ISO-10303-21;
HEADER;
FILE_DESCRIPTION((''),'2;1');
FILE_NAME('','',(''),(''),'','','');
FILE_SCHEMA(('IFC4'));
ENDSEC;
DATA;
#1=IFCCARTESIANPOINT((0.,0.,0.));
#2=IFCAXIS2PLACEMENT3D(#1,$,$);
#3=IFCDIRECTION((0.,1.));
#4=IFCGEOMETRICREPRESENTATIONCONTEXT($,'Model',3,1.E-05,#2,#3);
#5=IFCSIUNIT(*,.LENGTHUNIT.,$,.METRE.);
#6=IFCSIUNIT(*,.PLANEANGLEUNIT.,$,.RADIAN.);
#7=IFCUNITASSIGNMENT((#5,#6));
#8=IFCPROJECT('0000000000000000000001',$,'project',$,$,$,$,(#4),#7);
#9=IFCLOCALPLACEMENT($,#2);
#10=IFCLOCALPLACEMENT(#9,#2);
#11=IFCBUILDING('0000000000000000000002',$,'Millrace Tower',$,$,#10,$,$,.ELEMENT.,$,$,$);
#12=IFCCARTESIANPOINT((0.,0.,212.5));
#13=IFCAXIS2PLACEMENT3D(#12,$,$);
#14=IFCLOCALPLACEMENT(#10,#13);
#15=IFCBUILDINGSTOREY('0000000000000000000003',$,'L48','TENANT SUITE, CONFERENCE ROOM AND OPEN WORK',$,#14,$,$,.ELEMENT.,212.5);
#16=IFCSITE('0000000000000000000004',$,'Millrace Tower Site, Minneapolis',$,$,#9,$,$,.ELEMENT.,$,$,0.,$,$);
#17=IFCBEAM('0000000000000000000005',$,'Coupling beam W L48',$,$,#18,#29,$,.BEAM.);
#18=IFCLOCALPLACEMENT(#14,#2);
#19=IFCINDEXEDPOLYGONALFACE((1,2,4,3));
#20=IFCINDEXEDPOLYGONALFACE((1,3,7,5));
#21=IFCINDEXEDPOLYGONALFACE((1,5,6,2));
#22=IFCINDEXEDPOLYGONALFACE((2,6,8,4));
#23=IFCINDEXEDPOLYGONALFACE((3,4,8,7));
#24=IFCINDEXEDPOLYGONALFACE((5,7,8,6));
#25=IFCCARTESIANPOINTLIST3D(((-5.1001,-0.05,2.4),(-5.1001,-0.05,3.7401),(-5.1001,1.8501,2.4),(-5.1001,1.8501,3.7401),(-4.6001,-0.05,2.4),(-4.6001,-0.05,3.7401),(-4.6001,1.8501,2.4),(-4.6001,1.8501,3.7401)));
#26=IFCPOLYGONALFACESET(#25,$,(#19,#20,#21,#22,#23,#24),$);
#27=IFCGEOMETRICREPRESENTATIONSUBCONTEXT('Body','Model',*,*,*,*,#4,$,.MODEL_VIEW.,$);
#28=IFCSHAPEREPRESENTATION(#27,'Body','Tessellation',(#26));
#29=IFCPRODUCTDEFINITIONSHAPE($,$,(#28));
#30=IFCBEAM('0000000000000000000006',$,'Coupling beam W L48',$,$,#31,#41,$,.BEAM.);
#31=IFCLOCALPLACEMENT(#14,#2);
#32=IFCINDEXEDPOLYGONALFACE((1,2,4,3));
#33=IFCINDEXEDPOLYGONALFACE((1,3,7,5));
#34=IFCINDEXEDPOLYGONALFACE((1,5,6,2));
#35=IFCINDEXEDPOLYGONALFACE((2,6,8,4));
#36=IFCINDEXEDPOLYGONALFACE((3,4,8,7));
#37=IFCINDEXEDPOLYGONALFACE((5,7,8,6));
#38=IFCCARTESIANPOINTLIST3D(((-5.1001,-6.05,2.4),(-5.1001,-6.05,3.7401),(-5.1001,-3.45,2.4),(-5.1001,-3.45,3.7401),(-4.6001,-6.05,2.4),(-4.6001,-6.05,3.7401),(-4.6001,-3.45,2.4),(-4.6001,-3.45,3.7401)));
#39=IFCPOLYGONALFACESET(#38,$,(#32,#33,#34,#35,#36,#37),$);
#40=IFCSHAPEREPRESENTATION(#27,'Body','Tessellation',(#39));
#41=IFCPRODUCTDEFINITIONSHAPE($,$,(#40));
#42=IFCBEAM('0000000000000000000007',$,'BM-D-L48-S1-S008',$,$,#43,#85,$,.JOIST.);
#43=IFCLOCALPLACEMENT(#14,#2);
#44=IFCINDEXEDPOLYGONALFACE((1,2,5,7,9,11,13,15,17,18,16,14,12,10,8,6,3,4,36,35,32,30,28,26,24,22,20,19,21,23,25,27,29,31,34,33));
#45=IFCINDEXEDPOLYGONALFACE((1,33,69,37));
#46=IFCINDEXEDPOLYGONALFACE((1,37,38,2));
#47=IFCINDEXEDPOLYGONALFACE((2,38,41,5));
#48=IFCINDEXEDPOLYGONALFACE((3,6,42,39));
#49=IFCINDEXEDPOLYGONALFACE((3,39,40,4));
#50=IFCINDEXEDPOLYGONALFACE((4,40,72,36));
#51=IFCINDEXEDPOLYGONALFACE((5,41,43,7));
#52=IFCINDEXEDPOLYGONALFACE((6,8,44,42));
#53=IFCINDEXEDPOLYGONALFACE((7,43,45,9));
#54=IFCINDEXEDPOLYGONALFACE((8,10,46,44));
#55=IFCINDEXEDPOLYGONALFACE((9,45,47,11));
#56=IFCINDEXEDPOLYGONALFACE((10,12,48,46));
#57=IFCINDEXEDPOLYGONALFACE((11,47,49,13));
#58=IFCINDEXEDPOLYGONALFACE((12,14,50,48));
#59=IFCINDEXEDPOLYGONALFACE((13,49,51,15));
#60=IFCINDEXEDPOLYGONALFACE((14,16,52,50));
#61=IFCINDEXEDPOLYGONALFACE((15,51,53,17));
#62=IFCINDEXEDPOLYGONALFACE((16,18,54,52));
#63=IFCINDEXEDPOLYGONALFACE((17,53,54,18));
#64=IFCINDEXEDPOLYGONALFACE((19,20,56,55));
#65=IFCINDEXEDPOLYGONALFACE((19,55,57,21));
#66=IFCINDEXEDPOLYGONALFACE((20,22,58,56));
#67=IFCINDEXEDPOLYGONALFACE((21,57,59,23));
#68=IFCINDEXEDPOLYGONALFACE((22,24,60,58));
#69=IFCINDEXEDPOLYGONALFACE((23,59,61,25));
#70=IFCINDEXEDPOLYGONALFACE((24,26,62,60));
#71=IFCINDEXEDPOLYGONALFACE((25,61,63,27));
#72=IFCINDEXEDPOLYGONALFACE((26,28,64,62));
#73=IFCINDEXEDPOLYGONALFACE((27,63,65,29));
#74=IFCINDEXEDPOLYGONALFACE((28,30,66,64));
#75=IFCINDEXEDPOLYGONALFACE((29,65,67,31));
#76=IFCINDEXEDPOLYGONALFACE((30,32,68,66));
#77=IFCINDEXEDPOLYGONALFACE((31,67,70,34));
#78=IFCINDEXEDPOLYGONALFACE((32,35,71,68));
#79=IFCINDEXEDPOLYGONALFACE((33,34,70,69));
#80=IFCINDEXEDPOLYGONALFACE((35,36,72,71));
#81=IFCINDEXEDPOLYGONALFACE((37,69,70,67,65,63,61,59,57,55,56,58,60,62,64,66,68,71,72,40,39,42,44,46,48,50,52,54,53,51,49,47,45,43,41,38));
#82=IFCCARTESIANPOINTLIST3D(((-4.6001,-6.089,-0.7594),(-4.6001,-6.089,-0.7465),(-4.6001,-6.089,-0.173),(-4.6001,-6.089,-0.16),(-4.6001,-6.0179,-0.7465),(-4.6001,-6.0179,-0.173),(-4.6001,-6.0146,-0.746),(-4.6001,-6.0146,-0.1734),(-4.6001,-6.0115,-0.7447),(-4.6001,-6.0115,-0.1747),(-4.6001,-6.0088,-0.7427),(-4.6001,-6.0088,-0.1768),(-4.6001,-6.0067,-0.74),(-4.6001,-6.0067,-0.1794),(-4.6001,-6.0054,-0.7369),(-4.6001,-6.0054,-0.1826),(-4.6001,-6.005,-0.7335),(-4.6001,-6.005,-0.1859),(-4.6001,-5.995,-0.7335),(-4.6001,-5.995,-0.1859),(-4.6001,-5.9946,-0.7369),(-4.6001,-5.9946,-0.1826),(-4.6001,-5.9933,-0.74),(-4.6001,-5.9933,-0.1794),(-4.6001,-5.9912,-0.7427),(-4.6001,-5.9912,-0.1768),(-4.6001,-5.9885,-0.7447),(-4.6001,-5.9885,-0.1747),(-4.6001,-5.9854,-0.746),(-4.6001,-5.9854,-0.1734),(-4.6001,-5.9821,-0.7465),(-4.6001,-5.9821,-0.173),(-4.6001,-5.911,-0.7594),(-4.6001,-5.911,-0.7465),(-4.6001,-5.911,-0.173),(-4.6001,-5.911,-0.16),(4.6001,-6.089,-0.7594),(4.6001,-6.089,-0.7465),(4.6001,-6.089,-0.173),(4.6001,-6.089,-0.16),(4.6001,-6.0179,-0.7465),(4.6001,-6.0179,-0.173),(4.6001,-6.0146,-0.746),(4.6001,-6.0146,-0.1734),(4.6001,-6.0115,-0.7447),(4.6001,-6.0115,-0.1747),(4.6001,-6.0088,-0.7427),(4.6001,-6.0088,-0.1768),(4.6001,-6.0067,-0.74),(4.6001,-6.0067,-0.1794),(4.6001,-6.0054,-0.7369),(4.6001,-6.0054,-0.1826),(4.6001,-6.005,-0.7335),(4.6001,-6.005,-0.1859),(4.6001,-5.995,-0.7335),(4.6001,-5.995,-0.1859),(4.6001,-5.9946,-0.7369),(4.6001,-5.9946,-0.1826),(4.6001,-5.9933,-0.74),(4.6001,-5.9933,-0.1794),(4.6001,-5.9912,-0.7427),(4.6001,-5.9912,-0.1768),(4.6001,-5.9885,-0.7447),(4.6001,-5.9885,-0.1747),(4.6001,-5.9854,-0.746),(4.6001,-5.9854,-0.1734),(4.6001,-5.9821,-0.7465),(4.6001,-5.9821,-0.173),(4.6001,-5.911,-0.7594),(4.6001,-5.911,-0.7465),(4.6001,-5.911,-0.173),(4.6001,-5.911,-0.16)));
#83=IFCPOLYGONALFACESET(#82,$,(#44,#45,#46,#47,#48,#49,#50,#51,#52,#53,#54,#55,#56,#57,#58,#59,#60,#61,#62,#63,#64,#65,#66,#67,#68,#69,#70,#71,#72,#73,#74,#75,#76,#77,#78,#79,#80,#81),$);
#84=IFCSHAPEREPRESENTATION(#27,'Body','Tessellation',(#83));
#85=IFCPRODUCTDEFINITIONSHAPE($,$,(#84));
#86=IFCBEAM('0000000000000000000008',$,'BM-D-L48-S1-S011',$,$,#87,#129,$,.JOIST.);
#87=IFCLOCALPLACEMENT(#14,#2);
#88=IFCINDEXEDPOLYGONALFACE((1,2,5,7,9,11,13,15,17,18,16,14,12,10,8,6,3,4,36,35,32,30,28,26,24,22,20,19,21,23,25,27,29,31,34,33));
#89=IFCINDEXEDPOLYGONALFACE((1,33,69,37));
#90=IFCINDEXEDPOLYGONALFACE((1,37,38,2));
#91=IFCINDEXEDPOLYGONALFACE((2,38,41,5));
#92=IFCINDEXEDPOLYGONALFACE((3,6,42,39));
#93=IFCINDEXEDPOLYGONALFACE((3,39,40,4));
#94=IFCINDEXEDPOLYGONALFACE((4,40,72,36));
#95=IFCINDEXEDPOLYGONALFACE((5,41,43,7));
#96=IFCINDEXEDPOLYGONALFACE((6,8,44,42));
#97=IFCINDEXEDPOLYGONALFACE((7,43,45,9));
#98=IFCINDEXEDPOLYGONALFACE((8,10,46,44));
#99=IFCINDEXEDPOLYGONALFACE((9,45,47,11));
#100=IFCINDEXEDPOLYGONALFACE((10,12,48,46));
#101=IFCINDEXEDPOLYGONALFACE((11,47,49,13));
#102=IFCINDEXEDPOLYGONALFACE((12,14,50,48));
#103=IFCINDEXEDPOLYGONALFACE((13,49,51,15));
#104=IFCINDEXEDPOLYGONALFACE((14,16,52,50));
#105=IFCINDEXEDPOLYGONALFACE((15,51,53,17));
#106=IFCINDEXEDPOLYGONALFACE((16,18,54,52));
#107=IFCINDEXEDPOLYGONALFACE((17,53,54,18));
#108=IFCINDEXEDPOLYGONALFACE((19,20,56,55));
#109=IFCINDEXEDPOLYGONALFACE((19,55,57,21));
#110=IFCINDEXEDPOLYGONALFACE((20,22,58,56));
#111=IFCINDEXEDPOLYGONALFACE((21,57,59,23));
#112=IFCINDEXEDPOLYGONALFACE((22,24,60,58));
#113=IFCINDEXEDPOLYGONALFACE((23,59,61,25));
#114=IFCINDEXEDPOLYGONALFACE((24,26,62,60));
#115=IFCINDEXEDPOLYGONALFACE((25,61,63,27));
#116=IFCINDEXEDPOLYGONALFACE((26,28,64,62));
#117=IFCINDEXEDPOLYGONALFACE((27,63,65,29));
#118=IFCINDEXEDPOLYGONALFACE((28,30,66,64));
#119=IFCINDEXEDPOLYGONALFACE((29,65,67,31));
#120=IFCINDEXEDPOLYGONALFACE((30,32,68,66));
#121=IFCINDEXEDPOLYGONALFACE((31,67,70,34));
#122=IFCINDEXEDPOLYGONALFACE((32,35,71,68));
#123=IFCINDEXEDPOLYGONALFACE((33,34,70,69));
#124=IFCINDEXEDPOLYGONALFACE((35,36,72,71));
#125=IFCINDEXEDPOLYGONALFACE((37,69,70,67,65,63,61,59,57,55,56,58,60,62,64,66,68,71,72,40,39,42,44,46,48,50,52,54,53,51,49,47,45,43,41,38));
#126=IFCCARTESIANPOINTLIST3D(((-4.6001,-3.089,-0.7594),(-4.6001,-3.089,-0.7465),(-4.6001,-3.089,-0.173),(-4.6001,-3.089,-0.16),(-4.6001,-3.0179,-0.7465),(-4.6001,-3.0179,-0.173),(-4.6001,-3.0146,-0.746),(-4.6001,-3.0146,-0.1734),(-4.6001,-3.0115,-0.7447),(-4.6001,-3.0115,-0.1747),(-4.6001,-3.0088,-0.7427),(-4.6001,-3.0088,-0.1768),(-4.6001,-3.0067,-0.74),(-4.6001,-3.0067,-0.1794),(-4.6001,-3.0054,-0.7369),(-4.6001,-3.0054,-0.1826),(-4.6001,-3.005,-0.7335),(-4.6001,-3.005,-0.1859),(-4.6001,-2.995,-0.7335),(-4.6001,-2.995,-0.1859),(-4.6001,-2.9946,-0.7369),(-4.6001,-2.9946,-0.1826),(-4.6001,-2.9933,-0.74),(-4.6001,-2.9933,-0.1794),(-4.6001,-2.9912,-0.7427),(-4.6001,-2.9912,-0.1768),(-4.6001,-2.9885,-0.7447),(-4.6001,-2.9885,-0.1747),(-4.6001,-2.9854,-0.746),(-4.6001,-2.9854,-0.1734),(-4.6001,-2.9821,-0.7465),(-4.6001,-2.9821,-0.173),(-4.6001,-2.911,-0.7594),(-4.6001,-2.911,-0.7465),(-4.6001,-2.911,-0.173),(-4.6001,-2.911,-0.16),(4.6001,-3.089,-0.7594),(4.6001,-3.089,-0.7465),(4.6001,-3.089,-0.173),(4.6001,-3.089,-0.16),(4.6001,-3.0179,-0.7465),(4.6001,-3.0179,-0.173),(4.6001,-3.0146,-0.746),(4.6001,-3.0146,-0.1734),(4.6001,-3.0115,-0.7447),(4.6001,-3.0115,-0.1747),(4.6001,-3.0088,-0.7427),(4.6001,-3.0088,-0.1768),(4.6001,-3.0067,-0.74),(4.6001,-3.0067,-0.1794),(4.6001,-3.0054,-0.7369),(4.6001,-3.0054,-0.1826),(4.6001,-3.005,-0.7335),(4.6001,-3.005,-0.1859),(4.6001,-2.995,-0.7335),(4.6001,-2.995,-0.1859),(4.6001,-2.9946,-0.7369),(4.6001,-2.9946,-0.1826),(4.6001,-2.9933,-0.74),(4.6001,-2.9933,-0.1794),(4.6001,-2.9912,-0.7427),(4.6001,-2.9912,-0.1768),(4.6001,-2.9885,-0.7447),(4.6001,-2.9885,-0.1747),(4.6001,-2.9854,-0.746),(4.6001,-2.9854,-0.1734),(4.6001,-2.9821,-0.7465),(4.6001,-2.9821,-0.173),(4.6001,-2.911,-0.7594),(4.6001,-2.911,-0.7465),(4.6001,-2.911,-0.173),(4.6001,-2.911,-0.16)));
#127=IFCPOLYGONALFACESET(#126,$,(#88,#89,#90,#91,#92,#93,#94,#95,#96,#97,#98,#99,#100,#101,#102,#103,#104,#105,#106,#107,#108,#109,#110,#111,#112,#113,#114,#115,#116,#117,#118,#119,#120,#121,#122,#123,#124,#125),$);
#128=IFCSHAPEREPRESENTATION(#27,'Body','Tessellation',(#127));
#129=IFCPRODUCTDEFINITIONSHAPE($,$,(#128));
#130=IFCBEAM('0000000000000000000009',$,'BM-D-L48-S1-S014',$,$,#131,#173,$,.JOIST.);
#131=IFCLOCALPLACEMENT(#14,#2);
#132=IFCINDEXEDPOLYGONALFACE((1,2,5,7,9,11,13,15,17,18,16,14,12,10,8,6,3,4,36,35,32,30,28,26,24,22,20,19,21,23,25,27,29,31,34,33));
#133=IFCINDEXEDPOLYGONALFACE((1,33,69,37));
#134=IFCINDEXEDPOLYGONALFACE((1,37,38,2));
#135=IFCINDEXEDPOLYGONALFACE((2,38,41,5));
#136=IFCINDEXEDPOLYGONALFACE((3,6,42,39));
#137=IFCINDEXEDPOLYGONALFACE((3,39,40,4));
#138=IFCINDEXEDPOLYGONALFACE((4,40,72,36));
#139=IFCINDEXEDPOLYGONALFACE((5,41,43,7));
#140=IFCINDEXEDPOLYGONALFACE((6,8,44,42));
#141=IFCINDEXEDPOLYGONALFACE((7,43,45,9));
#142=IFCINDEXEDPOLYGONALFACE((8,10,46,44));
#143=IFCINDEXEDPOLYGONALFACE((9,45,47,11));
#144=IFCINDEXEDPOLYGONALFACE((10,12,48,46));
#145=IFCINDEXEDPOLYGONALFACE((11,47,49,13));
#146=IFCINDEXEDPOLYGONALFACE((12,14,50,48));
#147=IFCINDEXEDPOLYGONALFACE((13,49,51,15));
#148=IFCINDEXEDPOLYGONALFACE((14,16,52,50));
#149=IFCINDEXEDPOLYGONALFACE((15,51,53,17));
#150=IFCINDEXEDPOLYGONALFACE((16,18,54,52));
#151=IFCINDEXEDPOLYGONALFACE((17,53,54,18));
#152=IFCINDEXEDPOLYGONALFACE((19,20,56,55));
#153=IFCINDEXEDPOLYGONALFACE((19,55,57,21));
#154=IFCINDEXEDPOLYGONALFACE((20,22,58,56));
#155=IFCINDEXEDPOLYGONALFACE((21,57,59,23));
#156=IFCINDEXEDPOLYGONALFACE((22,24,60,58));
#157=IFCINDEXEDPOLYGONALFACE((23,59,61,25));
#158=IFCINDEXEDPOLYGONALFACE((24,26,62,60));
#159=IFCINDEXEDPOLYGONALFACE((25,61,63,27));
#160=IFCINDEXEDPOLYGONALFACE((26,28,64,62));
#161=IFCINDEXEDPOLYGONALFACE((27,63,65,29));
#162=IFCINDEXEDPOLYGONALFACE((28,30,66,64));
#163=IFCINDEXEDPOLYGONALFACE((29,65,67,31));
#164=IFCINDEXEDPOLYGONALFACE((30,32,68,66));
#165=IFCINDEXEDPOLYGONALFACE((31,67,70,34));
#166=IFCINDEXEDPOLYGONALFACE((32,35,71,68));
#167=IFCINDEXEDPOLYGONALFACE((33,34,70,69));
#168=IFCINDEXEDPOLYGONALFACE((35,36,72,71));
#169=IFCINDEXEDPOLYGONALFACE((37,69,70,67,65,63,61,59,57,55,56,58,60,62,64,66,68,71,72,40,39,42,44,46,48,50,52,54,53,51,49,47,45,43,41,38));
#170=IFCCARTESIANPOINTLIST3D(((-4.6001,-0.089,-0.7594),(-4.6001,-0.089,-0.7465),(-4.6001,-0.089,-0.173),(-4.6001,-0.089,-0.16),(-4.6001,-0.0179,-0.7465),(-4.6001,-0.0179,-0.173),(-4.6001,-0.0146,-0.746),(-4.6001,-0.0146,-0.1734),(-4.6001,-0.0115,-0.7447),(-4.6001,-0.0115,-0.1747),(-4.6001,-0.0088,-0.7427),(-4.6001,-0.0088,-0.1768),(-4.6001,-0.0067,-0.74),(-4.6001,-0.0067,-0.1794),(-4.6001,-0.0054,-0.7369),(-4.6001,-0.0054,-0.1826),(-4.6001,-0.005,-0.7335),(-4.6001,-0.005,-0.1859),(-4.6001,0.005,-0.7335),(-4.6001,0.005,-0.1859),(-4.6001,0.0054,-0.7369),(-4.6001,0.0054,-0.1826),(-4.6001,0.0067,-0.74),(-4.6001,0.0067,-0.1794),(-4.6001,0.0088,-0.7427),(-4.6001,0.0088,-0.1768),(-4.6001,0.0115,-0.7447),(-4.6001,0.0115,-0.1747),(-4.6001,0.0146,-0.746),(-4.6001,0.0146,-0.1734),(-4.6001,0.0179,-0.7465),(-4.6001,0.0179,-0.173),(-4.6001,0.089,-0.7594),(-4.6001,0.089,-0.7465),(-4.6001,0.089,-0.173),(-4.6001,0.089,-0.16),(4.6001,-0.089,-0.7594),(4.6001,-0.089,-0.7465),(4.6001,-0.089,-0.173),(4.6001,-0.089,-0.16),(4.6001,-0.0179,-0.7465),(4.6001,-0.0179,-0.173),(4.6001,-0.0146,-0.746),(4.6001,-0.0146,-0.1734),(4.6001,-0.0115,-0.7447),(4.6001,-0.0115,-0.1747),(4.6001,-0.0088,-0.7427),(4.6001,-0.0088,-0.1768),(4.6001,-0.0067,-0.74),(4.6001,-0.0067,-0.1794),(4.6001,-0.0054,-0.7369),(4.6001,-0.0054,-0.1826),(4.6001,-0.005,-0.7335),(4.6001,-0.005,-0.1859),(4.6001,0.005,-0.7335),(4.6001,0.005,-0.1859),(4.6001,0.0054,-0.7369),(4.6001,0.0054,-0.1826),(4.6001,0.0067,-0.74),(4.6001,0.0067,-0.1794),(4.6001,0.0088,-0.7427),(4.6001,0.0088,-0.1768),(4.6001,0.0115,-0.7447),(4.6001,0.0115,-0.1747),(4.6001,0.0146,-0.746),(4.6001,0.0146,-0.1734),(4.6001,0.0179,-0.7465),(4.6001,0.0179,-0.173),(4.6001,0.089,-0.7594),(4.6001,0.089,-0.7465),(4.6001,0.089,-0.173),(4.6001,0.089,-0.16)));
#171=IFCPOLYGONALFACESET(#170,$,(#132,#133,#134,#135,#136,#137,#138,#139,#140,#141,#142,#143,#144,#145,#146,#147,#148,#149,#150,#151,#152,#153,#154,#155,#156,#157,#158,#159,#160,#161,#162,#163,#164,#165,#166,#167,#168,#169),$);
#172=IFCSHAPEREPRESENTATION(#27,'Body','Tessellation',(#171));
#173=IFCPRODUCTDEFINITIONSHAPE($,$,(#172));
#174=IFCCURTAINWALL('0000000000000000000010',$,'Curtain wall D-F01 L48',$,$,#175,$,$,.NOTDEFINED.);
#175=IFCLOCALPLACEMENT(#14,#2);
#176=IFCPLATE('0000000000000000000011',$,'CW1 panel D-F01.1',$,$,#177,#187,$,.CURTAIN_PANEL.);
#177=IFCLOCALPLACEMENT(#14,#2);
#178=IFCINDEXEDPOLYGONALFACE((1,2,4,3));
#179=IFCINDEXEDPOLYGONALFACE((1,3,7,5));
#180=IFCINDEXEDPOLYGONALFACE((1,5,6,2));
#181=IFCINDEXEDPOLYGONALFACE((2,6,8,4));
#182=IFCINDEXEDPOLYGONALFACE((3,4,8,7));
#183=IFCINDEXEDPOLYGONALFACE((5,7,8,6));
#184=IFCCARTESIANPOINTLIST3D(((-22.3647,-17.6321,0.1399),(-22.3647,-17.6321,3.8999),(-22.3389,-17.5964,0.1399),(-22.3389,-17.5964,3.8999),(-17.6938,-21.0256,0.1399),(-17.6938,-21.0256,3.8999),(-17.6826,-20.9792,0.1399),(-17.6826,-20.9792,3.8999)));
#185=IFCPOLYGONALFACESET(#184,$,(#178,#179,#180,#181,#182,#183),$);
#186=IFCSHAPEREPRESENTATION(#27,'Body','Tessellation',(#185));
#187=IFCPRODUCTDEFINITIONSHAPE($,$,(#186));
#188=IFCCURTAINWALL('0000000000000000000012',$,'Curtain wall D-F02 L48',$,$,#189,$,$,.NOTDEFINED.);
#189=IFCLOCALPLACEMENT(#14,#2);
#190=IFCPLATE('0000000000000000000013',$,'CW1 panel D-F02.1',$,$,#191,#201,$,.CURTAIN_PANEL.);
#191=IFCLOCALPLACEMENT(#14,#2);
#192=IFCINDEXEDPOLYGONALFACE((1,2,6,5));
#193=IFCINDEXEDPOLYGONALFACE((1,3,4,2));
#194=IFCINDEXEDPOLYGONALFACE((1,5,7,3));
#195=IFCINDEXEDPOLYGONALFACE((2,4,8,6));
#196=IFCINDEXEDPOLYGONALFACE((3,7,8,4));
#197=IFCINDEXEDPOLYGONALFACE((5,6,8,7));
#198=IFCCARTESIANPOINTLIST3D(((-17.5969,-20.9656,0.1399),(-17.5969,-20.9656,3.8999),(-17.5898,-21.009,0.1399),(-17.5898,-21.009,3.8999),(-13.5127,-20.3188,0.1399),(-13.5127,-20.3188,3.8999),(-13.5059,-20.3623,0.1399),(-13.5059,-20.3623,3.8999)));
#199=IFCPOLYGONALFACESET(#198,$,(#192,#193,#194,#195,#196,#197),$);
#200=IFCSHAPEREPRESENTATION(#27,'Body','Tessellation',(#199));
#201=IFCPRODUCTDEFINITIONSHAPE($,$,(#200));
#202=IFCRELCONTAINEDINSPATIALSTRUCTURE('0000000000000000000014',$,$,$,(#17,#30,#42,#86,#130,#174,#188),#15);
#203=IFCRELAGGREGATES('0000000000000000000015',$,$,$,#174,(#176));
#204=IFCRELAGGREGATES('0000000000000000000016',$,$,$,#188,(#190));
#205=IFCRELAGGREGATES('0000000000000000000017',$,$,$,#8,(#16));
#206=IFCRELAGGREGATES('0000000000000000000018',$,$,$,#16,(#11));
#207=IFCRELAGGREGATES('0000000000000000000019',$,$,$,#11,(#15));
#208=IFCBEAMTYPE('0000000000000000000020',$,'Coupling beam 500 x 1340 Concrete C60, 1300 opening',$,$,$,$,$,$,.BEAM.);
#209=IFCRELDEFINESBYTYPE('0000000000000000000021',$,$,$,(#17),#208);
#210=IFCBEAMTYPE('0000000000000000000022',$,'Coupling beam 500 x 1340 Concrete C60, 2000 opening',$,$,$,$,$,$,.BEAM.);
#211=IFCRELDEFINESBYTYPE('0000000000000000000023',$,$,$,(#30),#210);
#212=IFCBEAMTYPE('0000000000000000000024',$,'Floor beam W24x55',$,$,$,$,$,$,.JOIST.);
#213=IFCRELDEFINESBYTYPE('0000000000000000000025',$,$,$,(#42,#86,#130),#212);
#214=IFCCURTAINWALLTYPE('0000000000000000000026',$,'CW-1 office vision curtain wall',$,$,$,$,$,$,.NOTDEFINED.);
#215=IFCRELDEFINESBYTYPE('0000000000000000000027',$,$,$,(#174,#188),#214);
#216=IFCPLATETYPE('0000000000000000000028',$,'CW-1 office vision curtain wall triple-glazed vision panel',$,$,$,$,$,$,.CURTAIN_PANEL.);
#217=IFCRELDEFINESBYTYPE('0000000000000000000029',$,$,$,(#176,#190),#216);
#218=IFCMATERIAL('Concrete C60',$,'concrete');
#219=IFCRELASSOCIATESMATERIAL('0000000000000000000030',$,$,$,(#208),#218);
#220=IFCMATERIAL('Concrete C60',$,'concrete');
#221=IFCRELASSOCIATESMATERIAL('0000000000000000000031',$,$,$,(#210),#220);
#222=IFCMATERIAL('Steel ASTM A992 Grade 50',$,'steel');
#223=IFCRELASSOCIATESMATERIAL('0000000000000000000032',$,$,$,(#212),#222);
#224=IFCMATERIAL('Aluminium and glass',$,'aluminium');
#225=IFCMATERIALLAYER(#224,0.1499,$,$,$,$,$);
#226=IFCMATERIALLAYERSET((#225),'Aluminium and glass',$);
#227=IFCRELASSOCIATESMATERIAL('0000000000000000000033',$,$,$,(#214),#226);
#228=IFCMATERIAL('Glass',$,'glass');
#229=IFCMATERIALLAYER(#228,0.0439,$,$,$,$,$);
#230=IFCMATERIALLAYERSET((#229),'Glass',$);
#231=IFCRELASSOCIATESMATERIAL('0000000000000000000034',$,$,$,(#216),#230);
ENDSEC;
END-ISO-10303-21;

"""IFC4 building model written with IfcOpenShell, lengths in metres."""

from ifc_helpers import new_model, si_unit, direction, frame, origin, origin_2d, place, context, subcontext, project, spatial, polyline, rectangle, i_section, outline, extrude, material, layer, layer_set, material_profile, profile_set, type_object, element, aggregate, save


model = new_model("IFC4")

# Units and contexts
model_context = context("Model", 3, precision=1e-05, world=origin(), true_north=direction((0.0, 1.0)))
body_context = subcontext(model_context, "Body", "Model", "MODEL_VIEW")
ifc_project = project(units=[si_unit("LENGTHUNIT", "METRE"), si_unit("PLANEANGLEUNIT", "RADIAN")], contexts=[model_context])

# Site, building, storey
site_placement = place(None, origin())
site = spatial("IfcSite", under=ifc_project, at=site_placement, Name="Millrace Tower Site, Minneapolis", CompositionType="ELEMENT", RefElevation=0.0)
building_placement = place(site_placement, origin())
building = spatial("IfcBuilding", under=site, at=building_placement, Name="Millrace Tower", CompositionType="ELEMENT")
storey_placement = place(building_placement, frame((0.0, 0.0, 212.5)))
storey = spatial("IfcBuildingStorey", under=building, at=storey_placement, Name="L48", Description="TENANT SUITE, CONFERENCE ROOM AND OPEN WORK", CompositionType="ELEMENT", Elevation=212.5)

# Beams
ifc_material_1 = material(Name="Concrete C60", Category="concrete")
ifc_material_profile_1 = material_profile(ifc_material_1, rectangle(XDim=0.5, YDim=1.3401, at=origin_2d()))
ifc_profile_set_1 = profile_set([ifc_material_profile_1], Name="Concrete C60")
beam_type_1 = type_object("IfcBeamType", Name="Coupling beam 500 x 1340 Concrete C60, 1300 opening", PredefinedType="BEAM", material=ifc_profile_set_1)
beam_1_placement = place(storey_placement, frame((-4.8501, -0.05, 3.0701), z_axis=(0.0, 1.0, 0.0), x_axis=(-1.0, 0.0, 0.0)))
element("IfcBeam", 1, at=beam_1_placement, inside=storey, type_object=beam_type_1, Name="Coupling beam W L48", PredefinedType="BEAM", context=body_context, shape_type="SweptSolid", body=[
    extrude(rectangle(XDim=0.5, YDim=1.3401, at=origin_2d()), origin(), (0.0, 0.0, 1.0), 1.9001),
])
ifc_material_2 = material(Name="Concrete C60", Category="concrete")
ifc_material_profile_2 = material_profile(ifc_material_2, rectangle(XDim=0.5, YDim=1.3401, at=origin_2d()))
ifc_profile_set_2 = profile_set([ifc_material_profile_2], Name="Concrete C60")
beam_type_2 = type_object("IfcBeamType", Name="Coupling beam 500 x 1340 Concrete C60, 2000 opening", PredefinedType="BEAM", material=ifc_profile_set_2)
beam_2_placement = place(storey_placement, frame((-4.8501, -6.05, 3.0701), z_axis=(0.0, 1.0, 0.0), x_axis=(-1.0, 0.0, 0.0)))
element("IfcBeam", 2, at=beam_2_placement, inside=storey, type_object=beam_type_2, Name="Coupling beam W L48", PredefinedType="BEAM", context=body_context, shape_type="SweptSolid", body=[
    extrude(rectangle(XDim=0.5, YDim=1.3401, at=origin_2d()), origin(), (0.0, 0.0, 1.0), 2.6001),
])
ifc_material_3 = material(Name="Steel ASTM A992 Grade 50", Category="steel")
ifc_material_profile_3 = material_profile(ifc_material_3, i_section(OverallWidth=0.178, OverallDepth=0.5994, WebThickness=0.01, FlangeThickness=0.0129, FilletRadius=0.0129, at=origin_2d()))
ifc_profile_set_3 = profile_set([ifc_material_profile_3], Name="Steel ASTM A992 Grade 50")
beam_type_3 = type_object("IfcBeamType", Name="Floor beam W24x55", PredefinedType="JOIST", material=ifc_profile_set_3)
for number, where, z_axis, x_axis, name in (
    (3, (-4.6001, -6.0, -0.4597), (1.0, 0.0, 0.0), (0.0, 1.0, 0.0), "BM-D-L48-S1-S008"),
    (4, (-4.6001, -3.0, -0.4597), (1.0, 0.0, 0.0), (0.0, 1.0, 0.0), "BM-D-L48-S1-S011"),
    (5, (-4.6001, 0.0, -0.4597), (1.0, 0.0, 0.0), (0.0, 1.0, 0.0), "BM-D-L48-S1-S014"),
):
    element("IfcBeam", number, at=place(storey_placement, frame(where, z_axis=z_axis, x_axis=x_axis)), inside=storey, type_object=beam_type_3, Name=name, PredefinedType="JOIST", context=body_context, shape_type="SweptSolid", body=[
        extrude(i_section(OverallWidth=0.178, OverallDepth=0.5994, WebThickness=0.01, FlangeThickness=0.0129, FilletRadius=0.0129, at=origin_2d()), origin(), (0.0, 0.0, 1.0), 9.2002),
    ])

# Curtain wall, plate
ifc_material_4 = material(Name="Aluminium and glass", Category="aluminium")
ifc_layer_1 = layer(ifc_material_4, 0.1499)
ifc_layer_set_1 = layer_set([ifc_layer_1], Name="Aluminium and glass")
curtain_wall_type = type_object("IfcCurtainWallType", Name="CW-1 office vision curtain wall", PredefinedType="NOTDEFINED", material=ifc_layer_set_1)
placement_1 = place(storey_placement, origin())
curtain_wall_1 = element("IfcCurtainWall", 6, at=placement_1, inside=storey, type_object=curtain_wall_type, Name="Curtain wall D-F01 L48", PredefinedType="NOTDEFINED")
ifc_material_5 = material(Name="Glass", Category="glass")
ifc_layer_2 = layer(ifc_material_5, 0.0439)
ifc_layer_set_2 = layer_set([ifc_layer_2], Name="Glass")
plate_type = type_object("IfcPlateType", Name="CW-1 office vision curtain wall triple-glazed vision panel", PredefinedType="CURTAIN_PANEL", material=ifc_layer_set_2)
placement_2 = place(storey_placement, frame((0.0, 0.0, 0.1399)))
plate_1 = element("IfcPlate", 7, at=placement_2, type_object=plate_type, Name="CW1 panel D-F01.1", PredefinedType="CURTAIN_PANEL", context=body_context, shape_type="SweptSolid", body=[
    extrude(outline(polyline([(-22.3647, -17.6321), (-17.6938, -21.0256), (-17.6826, -20.9792), (-22.3389, -17.5964), (-22.3647, -17.6321)])), origin(), (0.0, 0.0, 1.0), 3.76),
])
aggregate(curtain_wall_1, [plate_1])

# Curtain wall, plate
curtain_wall_2 = element("IfcCurtainWall", 8, at=placement_1, inside=storey, type_object=curtain_wall_type, Name="Curtain wall D-F02 L48", PredefinedType="NOTDEFINED")
plate_2 = element("IfcPlate", 9, at=placement_2, type_object=plate_type, Name="CW1 panel D-F02.1", PredefinedType="CURTAIN_PANEL", context=body_context, shape_type="SweptSolid", body=[
    extrude(outline(polyline([(-17.5898, -21.009), (-13.5059, -20.3623), (-13.5127, -20.3188), (-17.5969, -20.9656), (-17.5898, -21.009)])), origin(), (0.0, 0.0, 1.0), 3.76),
])
aggregate(curtain_wall_2, [plate_2])

save(model, "model.ifc")
